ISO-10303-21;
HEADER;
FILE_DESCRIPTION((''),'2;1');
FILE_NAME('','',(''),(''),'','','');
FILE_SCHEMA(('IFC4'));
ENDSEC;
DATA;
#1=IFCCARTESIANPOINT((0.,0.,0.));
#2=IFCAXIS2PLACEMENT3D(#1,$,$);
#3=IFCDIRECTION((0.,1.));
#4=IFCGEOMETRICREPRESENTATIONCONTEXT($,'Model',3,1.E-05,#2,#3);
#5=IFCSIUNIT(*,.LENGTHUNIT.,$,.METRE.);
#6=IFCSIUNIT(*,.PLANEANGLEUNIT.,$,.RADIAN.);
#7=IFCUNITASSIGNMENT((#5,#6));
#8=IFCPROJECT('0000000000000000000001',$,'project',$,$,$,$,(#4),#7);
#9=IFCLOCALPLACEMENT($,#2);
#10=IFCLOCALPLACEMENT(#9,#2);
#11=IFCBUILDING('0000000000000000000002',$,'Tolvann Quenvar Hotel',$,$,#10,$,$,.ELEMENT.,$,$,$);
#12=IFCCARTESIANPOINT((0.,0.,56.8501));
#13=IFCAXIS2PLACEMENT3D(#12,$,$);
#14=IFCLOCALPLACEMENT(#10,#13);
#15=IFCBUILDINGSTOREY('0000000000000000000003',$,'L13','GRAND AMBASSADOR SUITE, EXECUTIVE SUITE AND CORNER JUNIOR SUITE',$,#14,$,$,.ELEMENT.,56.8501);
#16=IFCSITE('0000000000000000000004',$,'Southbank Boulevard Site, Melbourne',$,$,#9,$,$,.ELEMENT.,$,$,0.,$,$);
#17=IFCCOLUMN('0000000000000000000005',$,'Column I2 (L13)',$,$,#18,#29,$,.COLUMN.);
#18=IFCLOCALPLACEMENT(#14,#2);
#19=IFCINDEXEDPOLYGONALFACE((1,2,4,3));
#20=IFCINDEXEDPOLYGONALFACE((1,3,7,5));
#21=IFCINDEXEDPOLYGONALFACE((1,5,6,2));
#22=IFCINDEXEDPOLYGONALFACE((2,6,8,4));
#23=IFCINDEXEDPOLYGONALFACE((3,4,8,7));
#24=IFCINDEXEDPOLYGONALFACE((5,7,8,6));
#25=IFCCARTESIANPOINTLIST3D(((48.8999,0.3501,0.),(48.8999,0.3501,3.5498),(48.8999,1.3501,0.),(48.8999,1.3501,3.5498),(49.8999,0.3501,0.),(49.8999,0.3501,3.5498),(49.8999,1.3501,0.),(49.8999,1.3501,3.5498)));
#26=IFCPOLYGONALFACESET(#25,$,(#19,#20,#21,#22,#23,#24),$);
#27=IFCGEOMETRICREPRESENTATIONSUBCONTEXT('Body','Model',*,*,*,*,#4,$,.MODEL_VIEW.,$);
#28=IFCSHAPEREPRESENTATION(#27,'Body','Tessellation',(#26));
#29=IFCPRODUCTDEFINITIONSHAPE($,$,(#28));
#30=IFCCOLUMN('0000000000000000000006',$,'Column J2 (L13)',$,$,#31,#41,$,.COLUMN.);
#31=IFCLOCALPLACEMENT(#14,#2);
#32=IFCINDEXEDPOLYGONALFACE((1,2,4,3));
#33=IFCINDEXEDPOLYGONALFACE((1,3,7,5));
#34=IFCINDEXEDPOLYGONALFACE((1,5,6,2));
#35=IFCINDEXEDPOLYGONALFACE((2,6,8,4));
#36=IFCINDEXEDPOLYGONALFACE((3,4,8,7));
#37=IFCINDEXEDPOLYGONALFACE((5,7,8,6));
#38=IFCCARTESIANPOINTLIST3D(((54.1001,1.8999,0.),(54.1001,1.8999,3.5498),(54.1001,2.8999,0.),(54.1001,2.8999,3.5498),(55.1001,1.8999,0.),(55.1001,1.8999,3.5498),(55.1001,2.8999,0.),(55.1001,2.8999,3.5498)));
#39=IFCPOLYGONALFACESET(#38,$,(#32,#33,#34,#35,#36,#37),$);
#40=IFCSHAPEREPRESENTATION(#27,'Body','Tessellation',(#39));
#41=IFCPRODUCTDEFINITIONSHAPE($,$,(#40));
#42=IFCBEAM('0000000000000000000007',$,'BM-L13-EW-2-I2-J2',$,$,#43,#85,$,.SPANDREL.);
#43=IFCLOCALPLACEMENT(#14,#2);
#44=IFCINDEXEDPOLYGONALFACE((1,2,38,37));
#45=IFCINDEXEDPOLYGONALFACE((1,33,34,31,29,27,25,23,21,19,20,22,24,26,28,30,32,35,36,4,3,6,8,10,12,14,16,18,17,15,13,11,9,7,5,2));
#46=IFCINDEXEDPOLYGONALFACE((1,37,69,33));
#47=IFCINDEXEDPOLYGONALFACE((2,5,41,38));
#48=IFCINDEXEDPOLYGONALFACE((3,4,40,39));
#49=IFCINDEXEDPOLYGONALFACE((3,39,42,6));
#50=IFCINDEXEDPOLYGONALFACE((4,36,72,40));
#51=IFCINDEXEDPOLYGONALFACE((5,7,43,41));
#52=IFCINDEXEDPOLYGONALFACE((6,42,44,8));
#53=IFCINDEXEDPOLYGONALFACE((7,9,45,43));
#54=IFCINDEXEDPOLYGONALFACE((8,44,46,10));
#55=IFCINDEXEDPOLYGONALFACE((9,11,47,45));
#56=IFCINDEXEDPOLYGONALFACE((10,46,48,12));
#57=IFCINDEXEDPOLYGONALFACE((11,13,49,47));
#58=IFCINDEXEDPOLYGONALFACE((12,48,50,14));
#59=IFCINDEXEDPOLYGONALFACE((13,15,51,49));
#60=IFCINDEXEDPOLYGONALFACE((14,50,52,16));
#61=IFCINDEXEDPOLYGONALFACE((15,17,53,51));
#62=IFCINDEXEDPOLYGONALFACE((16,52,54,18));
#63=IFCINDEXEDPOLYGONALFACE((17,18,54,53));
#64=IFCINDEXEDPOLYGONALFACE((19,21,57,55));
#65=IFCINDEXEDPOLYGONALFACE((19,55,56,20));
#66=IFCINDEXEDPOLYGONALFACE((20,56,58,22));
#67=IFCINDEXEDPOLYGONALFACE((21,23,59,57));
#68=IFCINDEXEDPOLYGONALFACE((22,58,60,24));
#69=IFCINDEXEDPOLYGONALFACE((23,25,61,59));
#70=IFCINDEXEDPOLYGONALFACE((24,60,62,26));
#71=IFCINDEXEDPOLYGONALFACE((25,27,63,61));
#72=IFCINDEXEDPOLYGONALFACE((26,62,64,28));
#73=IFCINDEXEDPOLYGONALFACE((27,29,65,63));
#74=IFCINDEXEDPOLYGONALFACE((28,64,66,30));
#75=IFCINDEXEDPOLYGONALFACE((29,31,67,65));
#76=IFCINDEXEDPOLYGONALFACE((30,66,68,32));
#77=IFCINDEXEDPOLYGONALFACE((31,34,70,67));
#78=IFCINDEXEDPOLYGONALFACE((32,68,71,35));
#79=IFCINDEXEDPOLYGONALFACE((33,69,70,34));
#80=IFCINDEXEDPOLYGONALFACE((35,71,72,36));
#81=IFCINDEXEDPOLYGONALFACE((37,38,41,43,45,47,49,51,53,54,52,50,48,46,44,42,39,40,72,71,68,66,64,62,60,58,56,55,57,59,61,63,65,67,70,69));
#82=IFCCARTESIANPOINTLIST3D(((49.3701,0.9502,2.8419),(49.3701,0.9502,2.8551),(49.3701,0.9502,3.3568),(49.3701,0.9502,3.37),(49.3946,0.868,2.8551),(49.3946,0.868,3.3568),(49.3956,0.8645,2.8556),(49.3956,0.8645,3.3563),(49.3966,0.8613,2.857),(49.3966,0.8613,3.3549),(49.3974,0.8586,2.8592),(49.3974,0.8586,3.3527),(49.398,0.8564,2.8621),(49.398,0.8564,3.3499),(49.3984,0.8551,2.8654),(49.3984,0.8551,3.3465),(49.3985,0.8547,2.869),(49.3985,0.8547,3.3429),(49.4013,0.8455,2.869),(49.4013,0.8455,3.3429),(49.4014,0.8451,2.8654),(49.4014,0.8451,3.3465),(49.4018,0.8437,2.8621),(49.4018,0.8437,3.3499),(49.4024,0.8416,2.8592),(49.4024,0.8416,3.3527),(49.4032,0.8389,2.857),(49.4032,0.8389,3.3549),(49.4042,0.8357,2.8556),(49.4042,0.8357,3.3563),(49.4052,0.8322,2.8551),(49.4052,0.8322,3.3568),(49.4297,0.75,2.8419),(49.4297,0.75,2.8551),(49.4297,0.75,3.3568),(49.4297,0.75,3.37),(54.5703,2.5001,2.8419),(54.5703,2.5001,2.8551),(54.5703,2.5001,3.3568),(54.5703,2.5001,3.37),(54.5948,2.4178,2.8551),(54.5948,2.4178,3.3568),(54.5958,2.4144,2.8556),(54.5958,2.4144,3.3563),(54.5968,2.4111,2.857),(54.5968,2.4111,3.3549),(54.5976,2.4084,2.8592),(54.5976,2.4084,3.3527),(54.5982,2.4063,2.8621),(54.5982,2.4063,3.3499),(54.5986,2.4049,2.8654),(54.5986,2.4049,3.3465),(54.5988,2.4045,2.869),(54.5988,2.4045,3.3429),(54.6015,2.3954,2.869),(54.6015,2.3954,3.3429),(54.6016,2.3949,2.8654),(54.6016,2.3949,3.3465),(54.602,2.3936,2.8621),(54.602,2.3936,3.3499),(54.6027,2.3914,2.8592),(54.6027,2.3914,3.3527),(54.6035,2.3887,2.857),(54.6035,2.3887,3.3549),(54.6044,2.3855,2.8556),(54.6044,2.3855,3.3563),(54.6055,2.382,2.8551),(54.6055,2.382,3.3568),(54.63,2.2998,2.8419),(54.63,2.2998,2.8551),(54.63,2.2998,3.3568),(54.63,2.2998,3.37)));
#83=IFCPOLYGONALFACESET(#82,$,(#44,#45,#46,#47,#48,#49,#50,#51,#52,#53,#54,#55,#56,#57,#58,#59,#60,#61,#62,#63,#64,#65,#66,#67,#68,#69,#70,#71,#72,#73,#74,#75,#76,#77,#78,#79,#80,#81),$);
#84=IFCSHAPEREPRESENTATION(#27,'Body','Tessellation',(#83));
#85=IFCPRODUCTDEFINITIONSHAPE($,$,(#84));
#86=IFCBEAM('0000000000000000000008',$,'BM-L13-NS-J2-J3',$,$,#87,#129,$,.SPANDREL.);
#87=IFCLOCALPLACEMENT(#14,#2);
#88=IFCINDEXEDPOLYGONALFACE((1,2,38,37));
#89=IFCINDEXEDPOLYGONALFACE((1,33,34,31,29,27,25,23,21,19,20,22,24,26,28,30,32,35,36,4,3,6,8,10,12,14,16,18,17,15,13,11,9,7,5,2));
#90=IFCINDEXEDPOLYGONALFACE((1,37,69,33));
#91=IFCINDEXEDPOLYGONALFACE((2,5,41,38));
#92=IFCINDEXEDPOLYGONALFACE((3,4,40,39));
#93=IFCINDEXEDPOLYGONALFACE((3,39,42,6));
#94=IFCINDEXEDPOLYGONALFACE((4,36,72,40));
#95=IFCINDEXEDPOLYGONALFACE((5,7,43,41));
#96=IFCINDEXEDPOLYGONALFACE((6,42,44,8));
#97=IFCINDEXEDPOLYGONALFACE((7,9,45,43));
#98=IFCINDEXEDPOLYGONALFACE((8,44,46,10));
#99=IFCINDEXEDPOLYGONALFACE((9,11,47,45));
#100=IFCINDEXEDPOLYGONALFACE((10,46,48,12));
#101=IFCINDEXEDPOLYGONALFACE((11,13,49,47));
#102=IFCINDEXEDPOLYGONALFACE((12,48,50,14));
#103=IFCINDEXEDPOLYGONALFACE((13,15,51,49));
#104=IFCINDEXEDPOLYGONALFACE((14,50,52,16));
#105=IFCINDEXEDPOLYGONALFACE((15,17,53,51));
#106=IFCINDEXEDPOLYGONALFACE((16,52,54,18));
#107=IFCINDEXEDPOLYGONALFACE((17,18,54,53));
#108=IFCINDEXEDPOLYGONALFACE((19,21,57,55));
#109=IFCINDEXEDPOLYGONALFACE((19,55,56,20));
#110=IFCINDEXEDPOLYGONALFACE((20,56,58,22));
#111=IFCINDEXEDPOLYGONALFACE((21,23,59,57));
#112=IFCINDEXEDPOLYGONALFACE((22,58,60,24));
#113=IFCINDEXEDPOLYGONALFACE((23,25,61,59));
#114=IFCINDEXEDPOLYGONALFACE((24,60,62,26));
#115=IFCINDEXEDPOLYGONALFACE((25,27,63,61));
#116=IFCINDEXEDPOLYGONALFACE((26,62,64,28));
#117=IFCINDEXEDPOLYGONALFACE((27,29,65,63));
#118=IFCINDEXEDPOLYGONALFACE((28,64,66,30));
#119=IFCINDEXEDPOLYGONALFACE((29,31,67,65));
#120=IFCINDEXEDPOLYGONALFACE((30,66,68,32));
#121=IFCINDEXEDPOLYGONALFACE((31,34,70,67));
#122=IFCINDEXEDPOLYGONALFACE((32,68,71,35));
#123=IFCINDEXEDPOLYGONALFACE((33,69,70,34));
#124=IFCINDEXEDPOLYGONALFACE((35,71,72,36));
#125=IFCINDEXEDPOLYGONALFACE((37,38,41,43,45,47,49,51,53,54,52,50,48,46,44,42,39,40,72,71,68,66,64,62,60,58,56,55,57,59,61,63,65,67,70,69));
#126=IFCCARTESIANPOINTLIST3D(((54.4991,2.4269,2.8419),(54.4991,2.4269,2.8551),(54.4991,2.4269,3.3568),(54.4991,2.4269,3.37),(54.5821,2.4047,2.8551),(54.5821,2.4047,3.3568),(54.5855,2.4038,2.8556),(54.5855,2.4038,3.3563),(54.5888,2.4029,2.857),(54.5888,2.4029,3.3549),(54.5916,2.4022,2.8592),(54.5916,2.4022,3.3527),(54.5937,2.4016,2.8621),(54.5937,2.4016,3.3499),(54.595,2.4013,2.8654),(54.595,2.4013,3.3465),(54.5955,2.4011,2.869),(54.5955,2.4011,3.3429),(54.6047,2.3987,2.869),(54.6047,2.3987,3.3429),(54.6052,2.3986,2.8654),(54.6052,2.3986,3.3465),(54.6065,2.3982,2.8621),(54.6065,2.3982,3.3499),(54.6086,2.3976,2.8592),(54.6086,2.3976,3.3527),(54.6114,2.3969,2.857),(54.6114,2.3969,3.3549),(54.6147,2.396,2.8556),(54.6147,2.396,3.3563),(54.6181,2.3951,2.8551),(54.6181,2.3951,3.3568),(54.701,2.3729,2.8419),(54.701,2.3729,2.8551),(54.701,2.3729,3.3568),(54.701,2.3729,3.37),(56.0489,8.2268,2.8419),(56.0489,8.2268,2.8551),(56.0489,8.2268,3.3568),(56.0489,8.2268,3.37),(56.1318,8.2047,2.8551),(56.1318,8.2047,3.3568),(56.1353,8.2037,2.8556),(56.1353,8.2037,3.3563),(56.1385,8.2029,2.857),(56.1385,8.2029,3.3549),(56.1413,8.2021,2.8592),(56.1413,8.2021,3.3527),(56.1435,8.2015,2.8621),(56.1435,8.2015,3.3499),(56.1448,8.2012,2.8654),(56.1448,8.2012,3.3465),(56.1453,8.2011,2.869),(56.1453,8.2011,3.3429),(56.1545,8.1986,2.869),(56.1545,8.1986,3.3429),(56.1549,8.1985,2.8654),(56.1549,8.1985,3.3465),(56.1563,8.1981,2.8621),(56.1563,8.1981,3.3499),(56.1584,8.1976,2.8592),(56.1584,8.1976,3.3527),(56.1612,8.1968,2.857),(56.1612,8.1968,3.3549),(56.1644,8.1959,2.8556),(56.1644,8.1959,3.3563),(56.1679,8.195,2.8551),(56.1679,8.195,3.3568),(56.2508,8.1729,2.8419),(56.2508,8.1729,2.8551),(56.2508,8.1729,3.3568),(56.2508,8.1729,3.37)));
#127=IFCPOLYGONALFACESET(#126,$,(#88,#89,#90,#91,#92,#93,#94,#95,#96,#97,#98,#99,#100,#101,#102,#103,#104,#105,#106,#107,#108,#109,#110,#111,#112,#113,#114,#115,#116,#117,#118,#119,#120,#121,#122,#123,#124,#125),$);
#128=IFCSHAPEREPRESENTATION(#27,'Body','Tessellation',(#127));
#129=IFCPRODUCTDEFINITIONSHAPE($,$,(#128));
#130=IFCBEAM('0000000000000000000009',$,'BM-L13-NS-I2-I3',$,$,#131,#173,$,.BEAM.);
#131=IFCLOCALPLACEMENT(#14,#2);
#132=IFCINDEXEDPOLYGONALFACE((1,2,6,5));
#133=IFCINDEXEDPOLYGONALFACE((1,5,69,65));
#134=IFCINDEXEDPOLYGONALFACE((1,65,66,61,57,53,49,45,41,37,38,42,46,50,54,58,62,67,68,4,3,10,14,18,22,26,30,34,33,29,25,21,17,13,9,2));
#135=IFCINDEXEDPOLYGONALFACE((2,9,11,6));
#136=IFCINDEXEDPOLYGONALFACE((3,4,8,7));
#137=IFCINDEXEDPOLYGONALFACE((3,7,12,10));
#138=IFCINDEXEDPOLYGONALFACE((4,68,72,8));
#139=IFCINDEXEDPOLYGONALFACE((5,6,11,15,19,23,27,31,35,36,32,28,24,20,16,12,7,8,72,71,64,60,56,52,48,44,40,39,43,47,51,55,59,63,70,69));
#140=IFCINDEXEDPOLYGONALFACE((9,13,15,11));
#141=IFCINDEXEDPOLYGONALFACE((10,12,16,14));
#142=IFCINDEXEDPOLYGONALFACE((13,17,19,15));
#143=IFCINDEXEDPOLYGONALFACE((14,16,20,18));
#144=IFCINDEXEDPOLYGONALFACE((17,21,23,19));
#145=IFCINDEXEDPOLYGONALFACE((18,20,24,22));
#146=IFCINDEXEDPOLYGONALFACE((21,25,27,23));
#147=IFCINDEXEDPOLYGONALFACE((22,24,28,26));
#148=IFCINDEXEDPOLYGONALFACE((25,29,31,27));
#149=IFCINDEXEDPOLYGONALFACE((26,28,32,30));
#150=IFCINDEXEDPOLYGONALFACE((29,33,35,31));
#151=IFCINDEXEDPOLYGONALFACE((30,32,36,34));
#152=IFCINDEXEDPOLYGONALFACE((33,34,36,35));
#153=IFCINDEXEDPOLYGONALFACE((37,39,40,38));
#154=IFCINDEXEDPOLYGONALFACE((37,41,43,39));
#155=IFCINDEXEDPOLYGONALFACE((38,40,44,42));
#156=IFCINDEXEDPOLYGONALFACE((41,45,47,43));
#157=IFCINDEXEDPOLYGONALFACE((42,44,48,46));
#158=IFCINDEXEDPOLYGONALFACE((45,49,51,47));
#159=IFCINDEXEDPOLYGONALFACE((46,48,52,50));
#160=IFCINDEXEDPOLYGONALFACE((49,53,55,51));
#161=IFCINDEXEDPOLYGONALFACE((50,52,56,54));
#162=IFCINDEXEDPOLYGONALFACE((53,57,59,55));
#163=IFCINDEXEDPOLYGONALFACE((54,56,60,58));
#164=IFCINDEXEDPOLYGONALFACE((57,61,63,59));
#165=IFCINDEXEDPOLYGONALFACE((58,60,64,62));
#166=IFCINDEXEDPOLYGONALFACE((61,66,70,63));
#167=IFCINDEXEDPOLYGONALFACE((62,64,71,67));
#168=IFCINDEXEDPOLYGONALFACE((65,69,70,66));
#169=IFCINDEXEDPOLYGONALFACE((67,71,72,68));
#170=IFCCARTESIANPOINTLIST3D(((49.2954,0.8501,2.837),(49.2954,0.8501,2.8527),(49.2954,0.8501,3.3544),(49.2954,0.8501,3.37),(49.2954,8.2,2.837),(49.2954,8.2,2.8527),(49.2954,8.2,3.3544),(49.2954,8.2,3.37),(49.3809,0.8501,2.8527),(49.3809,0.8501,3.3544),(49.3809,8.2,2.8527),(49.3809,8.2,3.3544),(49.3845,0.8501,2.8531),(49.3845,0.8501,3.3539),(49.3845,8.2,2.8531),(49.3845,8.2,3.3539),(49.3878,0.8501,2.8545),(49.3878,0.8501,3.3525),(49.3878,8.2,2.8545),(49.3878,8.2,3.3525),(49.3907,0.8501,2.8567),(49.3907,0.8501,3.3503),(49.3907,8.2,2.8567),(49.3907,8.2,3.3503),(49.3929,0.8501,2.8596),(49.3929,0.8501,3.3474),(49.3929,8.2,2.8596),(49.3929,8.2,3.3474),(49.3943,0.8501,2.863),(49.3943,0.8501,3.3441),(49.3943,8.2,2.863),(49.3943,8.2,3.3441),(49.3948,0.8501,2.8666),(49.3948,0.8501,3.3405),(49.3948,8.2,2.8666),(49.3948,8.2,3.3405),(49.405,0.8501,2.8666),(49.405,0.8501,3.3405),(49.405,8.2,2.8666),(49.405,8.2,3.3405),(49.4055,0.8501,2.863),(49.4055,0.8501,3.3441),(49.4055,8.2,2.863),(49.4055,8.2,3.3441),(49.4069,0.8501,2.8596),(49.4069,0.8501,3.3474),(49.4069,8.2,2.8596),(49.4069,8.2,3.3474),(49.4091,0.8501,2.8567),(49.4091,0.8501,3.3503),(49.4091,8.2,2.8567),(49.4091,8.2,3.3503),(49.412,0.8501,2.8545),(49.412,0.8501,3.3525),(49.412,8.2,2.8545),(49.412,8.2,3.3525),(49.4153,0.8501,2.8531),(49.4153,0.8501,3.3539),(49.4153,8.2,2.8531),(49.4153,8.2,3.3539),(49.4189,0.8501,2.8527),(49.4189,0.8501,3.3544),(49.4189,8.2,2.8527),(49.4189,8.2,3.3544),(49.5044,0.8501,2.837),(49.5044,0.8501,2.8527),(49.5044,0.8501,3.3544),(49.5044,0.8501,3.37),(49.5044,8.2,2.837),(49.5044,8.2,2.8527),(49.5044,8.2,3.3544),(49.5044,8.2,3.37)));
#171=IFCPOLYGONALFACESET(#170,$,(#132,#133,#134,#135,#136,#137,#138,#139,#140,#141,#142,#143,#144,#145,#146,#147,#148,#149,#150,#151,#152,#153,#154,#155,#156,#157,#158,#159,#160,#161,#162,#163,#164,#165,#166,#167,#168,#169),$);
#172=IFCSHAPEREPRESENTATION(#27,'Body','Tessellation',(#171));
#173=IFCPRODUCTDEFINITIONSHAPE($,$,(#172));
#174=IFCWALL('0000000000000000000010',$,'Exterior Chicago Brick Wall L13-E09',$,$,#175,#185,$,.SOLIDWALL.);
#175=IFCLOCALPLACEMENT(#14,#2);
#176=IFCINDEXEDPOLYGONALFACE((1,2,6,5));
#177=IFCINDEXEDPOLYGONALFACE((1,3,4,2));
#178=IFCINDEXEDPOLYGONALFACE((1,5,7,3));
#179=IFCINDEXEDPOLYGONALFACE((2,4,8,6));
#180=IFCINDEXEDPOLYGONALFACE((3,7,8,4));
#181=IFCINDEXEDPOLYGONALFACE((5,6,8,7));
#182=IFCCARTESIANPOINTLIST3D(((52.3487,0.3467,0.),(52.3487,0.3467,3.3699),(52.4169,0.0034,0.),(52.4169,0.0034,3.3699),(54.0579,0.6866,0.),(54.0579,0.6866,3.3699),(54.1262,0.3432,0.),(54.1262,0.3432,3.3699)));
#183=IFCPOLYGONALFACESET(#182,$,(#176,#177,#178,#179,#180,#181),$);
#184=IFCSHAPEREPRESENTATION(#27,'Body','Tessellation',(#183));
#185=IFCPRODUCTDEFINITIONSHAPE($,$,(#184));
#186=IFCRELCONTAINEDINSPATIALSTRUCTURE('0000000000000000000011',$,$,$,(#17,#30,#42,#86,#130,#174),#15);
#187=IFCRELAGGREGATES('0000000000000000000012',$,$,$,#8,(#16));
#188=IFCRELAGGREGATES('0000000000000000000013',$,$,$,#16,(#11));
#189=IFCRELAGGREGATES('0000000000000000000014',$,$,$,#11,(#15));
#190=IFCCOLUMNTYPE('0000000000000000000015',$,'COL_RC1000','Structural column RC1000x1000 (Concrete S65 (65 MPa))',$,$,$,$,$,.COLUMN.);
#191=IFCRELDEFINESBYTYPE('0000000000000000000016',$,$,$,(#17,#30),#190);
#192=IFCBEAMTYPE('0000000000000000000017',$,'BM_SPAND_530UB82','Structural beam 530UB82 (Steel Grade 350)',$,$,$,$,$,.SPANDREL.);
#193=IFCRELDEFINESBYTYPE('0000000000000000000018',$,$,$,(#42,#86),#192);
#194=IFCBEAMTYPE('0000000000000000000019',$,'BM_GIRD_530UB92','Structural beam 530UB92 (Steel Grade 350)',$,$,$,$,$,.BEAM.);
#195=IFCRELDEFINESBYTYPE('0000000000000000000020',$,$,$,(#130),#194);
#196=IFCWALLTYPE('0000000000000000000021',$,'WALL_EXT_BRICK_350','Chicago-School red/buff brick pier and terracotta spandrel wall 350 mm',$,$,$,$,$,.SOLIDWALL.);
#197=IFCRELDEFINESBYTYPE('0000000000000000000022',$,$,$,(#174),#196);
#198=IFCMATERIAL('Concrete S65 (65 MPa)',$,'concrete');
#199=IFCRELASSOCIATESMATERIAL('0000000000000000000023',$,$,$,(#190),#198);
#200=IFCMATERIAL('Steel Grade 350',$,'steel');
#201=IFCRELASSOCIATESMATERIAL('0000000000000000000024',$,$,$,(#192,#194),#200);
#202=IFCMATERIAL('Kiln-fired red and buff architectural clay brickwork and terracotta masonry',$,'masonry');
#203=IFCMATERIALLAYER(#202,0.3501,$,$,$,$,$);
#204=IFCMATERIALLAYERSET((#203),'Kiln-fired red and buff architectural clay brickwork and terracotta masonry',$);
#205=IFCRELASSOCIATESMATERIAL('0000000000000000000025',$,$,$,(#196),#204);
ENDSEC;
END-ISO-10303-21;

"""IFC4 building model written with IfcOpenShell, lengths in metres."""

from ifc_helpers import new_model, si_unit, direction, frame, frame_2d, origin, origin_2d, place, context, subcontext, project, spatial, rectangle, i_section, extrude, source, transform, mapped, material, layer, layer_set, material_profile, profile_set, type_object, type_shapes, element, save


model = new_model("IFC4")

# Units and contexts
model_context = context("Model", 3, precision=1e-05, world=origin(), true_north=direction((0.0, 1.0)))
body_context = subcontext(model_context, "Body", "Model", "MODEL_VIEW")
ifc_project = project(units=[si_unit("LENGTHUNIT", "METRE"), si_unit("PLANEANGLEUNIT", "RADIAN")], contexts=[model_context])

# Site, building, storey
site_placement = place(None, origin())
site = spatial("IfcSite", under=ifc_project, at=site_placement, Name="Southbank Boulevard Site, Melbourne", CompositionType="ELEMENT", RefElevation=0.0)
building_placement = place(site_placement, origin())
building = spatial("IfcBuilding", under=site, at=building_placement, Name="Tolvann Quenvar Hotel", CompositionType="ELEMENT")
storey_placement = place(building_placement, frame((0.0, 0.0, 56.8501)))
storey = spatial("IfcBuildingStorey", under=building, at=storey_placement, Name="L13", Description="GRAND AMBASSADOR SUITE, EXECUTIVE SUITE AND CORNER JUNIOR SUITE", CompositionType="ELEMENT", Elevation=56.8501)

# Columns
ifc_material_1 = material(Name="Concrete S65 (65 MPa)", Category="concrete")
ifc_material_profile_1 = material_profile(ifc_material_1, rectangle(XDim=1.0, YDim=1.0, at=origin_2d()), Name="RC1000x1000")
ifc_profile_set_1 = profile_set([ifc_material_profile_1], Name="Concrete S65 (65 MPa)")
column_type = type_object("IfcColumnType", Name="COL_RC1000", Description="Structural column RC1000x1000 (Concrete S65 (65 MPa))", PredefinedType="COLUMN", material=ifc_profile_set_1)
shared_shape_1 = source(origin(), body_context, "Body", "SweptSolid", [
    extrude(rectangle(XDim=1.0, YDim=1.0, at=origin_2d()), origin(), (0.0, 0.0, 1.0), 3.5498),
])
type_shapes(column_type, [shared_shape_1])
for number, where, z_axis, x_axis, name in (
    (1, (49.3999, 0.8501, 0.0), (0.0, 0.0, 1.0), (1.0, 0.0, 0.0), "Column I2 (L13)"),
    (2, (54.6001, 2.3999, 0.0), (0.0, 0.0, 1.0), (1.0, 0.0, 0.0), "Column J2 (L13)"),
):
    element("IfcColumn", number, at=place(storey_placement, frame(where, z_axis=z_axis, x_axis=x_axis)), inside=storey, type_object=column_type, Name=name, PredefinedType="COLUMN", context=body_context, shape_type="MappedRepresentation", body=[
        mapped(shared_shape_1, transform((0.0, 0.0, 0.0), x_axis=(1.0, 0.0, 0.0), y_axis=(0.0, 1.0, 0.0), z_axis=(0.0, 0.0, 1.0), scale=1.0)),
    ])

# Beams
ifc_material_2 = material(Name="Steel Grade 350", Category="steel")
ifc_material_profile_2 = material_profile(ifc_material_2, i_section(OverallWidth=0.209, OverallDepth=0.5281, WebThickness=0.0095, FlangeThickness=0.0132, FilletRadius=0.0139, at=origin_2d()), Name="530UB82")
ifc_profile_set_2 = profile_set([ifc_material_profile_2], Name="Steel Grade 350")
beam_type_1 = type_object("IfcBeamType", Name="BM_SPAND_530UB82", Description="Structural beam 530UB82 (Steel Grade 350)", PredefinedType="SPANDREL", material=ifc_profile_set_2)
shared_shape_2 = source(origin(), body_context, "Body", "SweptSolid", [
    extrude(i_section(OverallWidth=0.209, OverallDepth=0.5281, WebThickness=0.0095, FlangeThickness=0.0132, FilletRadius=0.0139, at=origin_2d()), origin(), (0.0, 0.0, 1.0), 5.4263),
])
beam_1_placement = place(storey_placement, frame((49.3999, 0.8501, 3.106), z_axis=(0.958345, 0.285614, 0.0), x_axis=(-0.285614, 0.958345, 0.0)))
element("IfcBeam", 3, at=beam_1_placement, inside=storey, type_object=beam_type_1, Name="BM-L13-EW-2-I2-J2", PredefinedType="SPANDREL", context=body_context, shape_type="MappedRepresentation", body=[
    mapped(shared_shape_2, transform((0.0, 0.0, 0.0), x_axis=(1.0, 0.0, 0.0), y_axis=(0.0, 1.0, 0.0), z_axis=(0.0, 0.0, 1.0), scale=1.0)),
])
shared_shape_3 = source(origin(), body_context, "Body", "SweptSolid", [
    extrude(i_section(OverallWidth=0.209, OverallDepth=0.5281, WebThickness=0.0095, FlangeThickness=0.0132, FilletRadius=0.0139, at=origin_2d()), origin(), (0.0, 0.0, 1.0), 6.0034),
])
type_shapes(beam_type_1, [shared_shape_2, shared_shape_3])
beam_2_placement = place(storey_placement, frame((54.6001, 2.3999, 3.106), z_axis=(0.258149, 0.966105, 0.0), x_axis=(-0.966105, 0.258149, 0.0)))
element("IfcBeam", 4, at=beam_2_placement, inside=storey, type_object=beam_type_1, Name="BM-L13-NS-J2-J3", PredefinedType="SPANDREL", context=body_context, shape_type="MappedRepresentation", body=[
    mapped(shared_shape_3, transform((0.0, 0.0, 0.0), x_axis=(1.0, 0.0, 0.0), y_axis=(0.0, 1.0, 0.0), z_axis=(0.0, 0.0, 1.0), scale=1.0)),
])
ifc_material_profile_3 = material_profile(ifc_material_2, i_section(OverallWidth=0.209, OverallDepth=0.533, WebThickness=0.0103, FlangeThickness=0.0156, FilletRadius=0.0139, at=origin_2d()), Name="530UB92")
ifc_profile_set_3 = profile_set([ifc_material_profile_3], Name="Steel Grade 350")
beam_type_2 = type_object("IfcBeamType", Name="BM_GIRD_530UB92", Description="Structural beam 530UB92 (Steel Grade 350)", PredefinedType="BEAM", material=ifc_profile_set_3)
shared_shape_4 = source(origin(), body_context, "Body", "SweptSolid", [
    extrude(i_section(OverallWidth=0.209, OverallDepth=0.533, WebThickness=0.0103, FlangeThickness=0.0156, FilletRadius=0.0139, at=origin_2d()), origin(), (0.0, 0.0, 1.0), 7.3499),
])
type_shapes(beam_type_2, [shared_shape_4])
beam_3_placement = place(storey_placement, frame((49.3999, 0.8501, 3.1035), z_axis=(0.0, 1.0, 0.0), x_axis=(-1.0, 0.0, 0.0)))
element("IfcBeam", 5, at=beam_3_placement, inside=storey, type_object=beam_type_2, Name="BM-L13-NS-I2-I3", PredefinedType="BEAM", context=body_context, shape_type="MappedRepresentation", body=[
    mapped(shared_shape_4, transform((0.0, 0.0, 0.0), x_axis=(1.0, 0.0, 0.0), y_axis=(0.0, 1.0, 0.0), z_axis=(0.0, 0.0, 1.0), scale=1.0)),
])

# Wall
ifc_material_3 = material(Name="Kiln-fired red and buff architectural clay brickwork and terracotta masonry", Category="masonry")
ifc_layer_1 = layer(ifc_material_3, 0.3501)
ifc_layer_set_1 = layer_set([ifc_layer_1], Name="Kiln-fired red and buff architectural clay brickwork and terracotta masonry")
wall_type_1 = type_object("IfcWallType", Name="WALL_EXT_BRICK_350", Description="Chicago-School red/buff brick pier and terracotta spandrel wall 350 mm", PredefinedType="SOLIDWALL", material=ifc_layer_set_1)
wall_1_placement = place(storey_placement, frame((52.3828, 0.175, 0.0), z_axis=(0.0, 0.0, 1.0), x_axis=(0.980801, 0.195011, 0.0)))
element("IfcWall", 6, at=wall_1_placement, inside=storey, type_object=wall_type_1, Name="Exterior Chicago Brick Wall L13-E09", PredefinedType="SOLIDWALL", context=body_context, shape_type="SweptSolid", body=[
    extrude(rectangle(XDim=1.7427, YDim=0.3501, at=frame_2d((0.8713, 0.0))), origin(), (0.0, 0.0, 1.0), 3.3699),
])

save(model, "model.ifc")
